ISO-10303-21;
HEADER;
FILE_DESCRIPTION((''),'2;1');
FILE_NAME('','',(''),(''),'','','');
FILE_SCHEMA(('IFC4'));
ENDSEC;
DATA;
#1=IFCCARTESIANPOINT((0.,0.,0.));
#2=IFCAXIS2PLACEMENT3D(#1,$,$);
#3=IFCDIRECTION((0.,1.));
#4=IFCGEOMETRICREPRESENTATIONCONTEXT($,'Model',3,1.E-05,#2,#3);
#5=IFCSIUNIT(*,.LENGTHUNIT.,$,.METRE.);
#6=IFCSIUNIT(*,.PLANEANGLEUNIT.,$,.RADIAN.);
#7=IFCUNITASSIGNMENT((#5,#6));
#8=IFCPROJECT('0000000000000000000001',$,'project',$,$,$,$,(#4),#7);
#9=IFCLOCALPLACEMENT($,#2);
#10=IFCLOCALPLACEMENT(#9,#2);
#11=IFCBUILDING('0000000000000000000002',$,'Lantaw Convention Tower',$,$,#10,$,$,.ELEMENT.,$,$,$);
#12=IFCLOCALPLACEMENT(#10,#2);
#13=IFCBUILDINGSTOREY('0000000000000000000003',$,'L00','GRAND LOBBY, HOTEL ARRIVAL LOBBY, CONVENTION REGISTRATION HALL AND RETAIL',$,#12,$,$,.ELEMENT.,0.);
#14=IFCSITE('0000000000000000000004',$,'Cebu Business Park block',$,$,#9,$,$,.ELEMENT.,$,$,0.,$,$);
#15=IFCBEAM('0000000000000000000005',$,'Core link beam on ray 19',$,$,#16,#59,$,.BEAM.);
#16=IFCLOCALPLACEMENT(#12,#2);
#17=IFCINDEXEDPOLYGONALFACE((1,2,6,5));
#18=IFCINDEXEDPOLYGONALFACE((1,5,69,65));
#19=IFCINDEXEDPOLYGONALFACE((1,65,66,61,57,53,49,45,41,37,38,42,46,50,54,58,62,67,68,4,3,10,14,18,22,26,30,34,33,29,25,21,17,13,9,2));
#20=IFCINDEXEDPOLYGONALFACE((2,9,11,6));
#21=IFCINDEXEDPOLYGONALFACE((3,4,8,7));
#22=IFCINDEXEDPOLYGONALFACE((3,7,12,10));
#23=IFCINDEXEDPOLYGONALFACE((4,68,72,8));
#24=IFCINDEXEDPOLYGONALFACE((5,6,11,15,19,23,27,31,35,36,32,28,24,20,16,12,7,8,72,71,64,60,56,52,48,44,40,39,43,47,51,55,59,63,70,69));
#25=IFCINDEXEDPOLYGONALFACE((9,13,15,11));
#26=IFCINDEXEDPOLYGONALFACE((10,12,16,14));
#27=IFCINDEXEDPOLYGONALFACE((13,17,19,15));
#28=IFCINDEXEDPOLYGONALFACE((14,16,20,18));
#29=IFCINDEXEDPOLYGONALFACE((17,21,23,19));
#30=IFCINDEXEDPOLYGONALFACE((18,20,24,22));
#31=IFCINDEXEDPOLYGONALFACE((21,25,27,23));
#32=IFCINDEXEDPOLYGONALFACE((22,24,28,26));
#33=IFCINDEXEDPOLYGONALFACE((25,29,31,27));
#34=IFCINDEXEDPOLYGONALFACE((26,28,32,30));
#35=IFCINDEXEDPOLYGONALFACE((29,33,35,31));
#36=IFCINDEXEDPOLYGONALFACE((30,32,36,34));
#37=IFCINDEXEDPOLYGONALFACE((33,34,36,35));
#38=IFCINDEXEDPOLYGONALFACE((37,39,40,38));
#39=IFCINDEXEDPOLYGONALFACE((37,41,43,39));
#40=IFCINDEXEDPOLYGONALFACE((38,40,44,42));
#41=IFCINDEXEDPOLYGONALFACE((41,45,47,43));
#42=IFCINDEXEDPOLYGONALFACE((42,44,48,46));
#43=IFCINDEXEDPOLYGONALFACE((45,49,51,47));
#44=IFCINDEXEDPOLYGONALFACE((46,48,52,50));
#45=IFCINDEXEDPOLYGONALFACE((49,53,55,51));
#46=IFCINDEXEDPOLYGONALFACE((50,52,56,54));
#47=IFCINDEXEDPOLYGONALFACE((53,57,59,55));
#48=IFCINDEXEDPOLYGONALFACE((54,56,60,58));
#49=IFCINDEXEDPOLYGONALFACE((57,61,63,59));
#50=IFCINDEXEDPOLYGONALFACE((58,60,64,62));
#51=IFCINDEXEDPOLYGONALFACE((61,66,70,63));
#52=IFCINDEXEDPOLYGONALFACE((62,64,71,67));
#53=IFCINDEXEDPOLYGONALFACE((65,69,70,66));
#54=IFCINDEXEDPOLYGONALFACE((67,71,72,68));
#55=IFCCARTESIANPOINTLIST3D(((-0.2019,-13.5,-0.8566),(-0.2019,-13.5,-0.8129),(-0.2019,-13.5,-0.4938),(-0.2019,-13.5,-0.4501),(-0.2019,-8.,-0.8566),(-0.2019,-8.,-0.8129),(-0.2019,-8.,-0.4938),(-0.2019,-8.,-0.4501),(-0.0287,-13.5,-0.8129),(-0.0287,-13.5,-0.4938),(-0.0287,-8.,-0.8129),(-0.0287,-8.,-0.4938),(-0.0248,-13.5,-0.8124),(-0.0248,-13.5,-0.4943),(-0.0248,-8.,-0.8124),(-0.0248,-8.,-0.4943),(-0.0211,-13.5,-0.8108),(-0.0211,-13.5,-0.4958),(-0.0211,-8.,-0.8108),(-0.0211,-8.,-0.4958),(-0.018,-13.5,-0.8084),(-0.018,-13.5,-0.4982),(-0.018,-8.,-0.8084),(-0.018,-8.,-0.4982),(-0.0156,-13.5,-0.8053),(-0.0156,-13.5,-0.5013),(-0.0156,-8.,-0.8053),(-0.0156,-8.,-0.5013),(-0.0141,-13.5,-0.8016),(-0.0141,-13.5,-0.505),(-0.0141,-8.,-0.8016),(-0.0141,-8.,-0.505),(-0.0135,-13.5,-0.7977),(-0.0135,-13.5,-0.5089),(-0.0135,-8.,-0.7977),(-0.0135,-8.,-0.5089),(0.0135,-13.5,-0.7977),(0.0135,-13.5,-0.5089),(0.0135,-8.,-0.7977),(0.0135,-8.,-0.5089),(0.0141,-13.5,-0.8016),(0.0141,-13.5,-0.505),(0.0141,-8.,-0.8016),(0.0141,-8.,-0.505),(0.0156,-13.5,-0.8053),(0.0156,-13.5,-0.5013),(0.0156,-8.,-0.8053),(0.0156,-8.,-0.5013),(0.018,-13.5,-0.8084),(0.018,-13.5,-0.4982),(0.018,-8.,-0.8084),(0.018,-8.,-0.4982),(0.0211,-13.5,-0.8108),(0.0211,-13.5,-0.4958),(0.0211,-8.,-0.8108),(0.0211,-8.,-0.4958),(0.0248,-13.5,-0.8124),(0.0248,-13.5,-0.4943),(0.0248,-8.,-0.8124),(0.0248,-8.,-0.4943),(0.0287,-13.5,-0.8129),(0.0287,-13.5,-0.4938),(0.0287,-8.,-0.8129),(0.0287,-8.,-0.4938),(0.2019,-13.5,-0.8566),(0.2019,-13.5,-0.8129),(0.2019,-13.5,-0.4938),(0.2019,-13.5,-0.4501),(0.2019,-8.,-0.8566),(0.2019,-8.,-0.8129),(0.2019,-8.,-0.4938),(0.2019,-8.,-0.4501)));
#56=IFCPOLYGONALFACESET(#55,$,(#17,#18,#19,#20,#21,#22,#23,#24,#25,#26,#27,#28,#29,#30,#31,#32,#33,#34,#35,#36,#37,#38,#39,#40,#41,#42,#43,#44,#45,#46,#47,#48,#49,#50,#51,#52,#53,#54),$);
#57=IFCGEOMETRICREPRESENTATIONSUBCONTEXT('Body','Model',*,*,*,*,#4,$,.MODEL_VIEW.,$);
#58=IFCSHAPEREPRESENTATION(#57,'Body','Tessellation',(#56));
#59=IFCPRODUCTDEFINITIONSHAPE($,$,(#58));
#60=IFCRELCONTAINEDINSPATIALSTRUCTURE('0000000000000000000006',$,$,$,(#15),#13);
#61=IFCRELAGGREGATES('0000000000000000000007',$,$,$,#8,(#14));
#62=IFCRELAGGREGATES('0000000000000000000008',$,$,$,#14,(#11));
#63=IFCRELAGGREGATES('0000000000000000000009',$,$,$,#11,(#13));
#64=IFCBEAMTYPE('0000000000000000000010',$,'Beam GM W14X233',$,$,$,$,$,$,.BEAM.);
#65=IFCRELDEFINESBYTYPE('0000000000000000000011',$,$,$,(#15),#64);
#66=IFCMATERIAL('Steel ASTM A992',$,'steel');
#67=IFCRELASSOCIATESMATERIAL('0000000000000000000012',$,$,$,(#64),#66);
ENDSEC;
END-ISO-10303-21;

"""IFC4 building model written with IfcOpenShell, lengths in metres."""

from ifc_helpers import new_model, si_unit, direction, frame, origin, origin_2d, place, context, subcontext, project, spatial, i_section, extrude, material, material_profile, profile_set, type_object, element, save


model = new_model("IFC4")

# Units and contexts
model_context = context("Model", 3, precision=1e-05, world=origin(), true_north=direction((0.0, 1.0)))
body_context = subcontext(model_context, "Body", "Model", "MODEL_VIEW")
ifc_project = project(units=[si_unit("LENGTHUNIT", "METRE"), si_unit("PLANEANGLEUNIT", "RADIAN")], contexts=[model_context])

# Site, building, storey
site_placement = place(None, origin())
site = spatial("IfcSite", under=ifc_project, at=site_placement, Name="Cebu Business Park block", CompositionType="ELEMENT", RefElevation=0.0)
building_placement = place(site_placement, origin())
building = spatial("IfcBuilding", under=site, at=building_placement, Name="Lantaw Convention Tower", CompositionType="ELEMENT")
storey_placement = place(building_placement, origin())
storey = spatial("IfcBuildingStorey", under=building, at=storey_placement, Name="L00", Description="GRAND LOBBY, HOTEL ARRIVAL LOBBY, CONVENTION REGISTRATION HALL AND RETAIL", CompositionType="ELEMENT", Elevation=0.0)

# Beam
ifc_material_1 = material(Name="Steel ASTM A992", Category="steel")
ifc_material_profile = material_profile(ifc_material_1, i_section(OverallWidth=0.4038, OverallDepth=0.4065, WebThickness=0.0271, FlangeThickness=0.0437, FilletRadius=0.0151, at=origin_2d()), Name="W14X233")
ifc_profile_set = profile_set([ifc_material_profile], Name="Steel ASTM A992")
beam_type = type_object("IfcBeamType", Name="Beam GM W14X233", PredefinedType="BEAM", material=ifc_profile_set)
beam_placement = place(storey_placement, frame((0.0, -8.0, -0.6533), z_axis=(0.0, -1.0, 0.0), x_axis=(1.0, 0.0, 0.0)))
element("IfcBeam", 1, at=beam_placement, inside=storey, type_object=beam_type, Name="Core link beam on ray 19", PredefinedType="BEAM", context=body_context, shape_type="SweptSolid", body=[
    extrude(i_section(OverallWidth=0.4038, OverallDepth=0.4065, WebThickness=0.0271, FlangeThickness=0.0437, FilletRadius=0.0151, at=origin_2d()), origin(), (0.0, 0.0, 1.0), 5.5),
])

save(model, "model.ifc")
